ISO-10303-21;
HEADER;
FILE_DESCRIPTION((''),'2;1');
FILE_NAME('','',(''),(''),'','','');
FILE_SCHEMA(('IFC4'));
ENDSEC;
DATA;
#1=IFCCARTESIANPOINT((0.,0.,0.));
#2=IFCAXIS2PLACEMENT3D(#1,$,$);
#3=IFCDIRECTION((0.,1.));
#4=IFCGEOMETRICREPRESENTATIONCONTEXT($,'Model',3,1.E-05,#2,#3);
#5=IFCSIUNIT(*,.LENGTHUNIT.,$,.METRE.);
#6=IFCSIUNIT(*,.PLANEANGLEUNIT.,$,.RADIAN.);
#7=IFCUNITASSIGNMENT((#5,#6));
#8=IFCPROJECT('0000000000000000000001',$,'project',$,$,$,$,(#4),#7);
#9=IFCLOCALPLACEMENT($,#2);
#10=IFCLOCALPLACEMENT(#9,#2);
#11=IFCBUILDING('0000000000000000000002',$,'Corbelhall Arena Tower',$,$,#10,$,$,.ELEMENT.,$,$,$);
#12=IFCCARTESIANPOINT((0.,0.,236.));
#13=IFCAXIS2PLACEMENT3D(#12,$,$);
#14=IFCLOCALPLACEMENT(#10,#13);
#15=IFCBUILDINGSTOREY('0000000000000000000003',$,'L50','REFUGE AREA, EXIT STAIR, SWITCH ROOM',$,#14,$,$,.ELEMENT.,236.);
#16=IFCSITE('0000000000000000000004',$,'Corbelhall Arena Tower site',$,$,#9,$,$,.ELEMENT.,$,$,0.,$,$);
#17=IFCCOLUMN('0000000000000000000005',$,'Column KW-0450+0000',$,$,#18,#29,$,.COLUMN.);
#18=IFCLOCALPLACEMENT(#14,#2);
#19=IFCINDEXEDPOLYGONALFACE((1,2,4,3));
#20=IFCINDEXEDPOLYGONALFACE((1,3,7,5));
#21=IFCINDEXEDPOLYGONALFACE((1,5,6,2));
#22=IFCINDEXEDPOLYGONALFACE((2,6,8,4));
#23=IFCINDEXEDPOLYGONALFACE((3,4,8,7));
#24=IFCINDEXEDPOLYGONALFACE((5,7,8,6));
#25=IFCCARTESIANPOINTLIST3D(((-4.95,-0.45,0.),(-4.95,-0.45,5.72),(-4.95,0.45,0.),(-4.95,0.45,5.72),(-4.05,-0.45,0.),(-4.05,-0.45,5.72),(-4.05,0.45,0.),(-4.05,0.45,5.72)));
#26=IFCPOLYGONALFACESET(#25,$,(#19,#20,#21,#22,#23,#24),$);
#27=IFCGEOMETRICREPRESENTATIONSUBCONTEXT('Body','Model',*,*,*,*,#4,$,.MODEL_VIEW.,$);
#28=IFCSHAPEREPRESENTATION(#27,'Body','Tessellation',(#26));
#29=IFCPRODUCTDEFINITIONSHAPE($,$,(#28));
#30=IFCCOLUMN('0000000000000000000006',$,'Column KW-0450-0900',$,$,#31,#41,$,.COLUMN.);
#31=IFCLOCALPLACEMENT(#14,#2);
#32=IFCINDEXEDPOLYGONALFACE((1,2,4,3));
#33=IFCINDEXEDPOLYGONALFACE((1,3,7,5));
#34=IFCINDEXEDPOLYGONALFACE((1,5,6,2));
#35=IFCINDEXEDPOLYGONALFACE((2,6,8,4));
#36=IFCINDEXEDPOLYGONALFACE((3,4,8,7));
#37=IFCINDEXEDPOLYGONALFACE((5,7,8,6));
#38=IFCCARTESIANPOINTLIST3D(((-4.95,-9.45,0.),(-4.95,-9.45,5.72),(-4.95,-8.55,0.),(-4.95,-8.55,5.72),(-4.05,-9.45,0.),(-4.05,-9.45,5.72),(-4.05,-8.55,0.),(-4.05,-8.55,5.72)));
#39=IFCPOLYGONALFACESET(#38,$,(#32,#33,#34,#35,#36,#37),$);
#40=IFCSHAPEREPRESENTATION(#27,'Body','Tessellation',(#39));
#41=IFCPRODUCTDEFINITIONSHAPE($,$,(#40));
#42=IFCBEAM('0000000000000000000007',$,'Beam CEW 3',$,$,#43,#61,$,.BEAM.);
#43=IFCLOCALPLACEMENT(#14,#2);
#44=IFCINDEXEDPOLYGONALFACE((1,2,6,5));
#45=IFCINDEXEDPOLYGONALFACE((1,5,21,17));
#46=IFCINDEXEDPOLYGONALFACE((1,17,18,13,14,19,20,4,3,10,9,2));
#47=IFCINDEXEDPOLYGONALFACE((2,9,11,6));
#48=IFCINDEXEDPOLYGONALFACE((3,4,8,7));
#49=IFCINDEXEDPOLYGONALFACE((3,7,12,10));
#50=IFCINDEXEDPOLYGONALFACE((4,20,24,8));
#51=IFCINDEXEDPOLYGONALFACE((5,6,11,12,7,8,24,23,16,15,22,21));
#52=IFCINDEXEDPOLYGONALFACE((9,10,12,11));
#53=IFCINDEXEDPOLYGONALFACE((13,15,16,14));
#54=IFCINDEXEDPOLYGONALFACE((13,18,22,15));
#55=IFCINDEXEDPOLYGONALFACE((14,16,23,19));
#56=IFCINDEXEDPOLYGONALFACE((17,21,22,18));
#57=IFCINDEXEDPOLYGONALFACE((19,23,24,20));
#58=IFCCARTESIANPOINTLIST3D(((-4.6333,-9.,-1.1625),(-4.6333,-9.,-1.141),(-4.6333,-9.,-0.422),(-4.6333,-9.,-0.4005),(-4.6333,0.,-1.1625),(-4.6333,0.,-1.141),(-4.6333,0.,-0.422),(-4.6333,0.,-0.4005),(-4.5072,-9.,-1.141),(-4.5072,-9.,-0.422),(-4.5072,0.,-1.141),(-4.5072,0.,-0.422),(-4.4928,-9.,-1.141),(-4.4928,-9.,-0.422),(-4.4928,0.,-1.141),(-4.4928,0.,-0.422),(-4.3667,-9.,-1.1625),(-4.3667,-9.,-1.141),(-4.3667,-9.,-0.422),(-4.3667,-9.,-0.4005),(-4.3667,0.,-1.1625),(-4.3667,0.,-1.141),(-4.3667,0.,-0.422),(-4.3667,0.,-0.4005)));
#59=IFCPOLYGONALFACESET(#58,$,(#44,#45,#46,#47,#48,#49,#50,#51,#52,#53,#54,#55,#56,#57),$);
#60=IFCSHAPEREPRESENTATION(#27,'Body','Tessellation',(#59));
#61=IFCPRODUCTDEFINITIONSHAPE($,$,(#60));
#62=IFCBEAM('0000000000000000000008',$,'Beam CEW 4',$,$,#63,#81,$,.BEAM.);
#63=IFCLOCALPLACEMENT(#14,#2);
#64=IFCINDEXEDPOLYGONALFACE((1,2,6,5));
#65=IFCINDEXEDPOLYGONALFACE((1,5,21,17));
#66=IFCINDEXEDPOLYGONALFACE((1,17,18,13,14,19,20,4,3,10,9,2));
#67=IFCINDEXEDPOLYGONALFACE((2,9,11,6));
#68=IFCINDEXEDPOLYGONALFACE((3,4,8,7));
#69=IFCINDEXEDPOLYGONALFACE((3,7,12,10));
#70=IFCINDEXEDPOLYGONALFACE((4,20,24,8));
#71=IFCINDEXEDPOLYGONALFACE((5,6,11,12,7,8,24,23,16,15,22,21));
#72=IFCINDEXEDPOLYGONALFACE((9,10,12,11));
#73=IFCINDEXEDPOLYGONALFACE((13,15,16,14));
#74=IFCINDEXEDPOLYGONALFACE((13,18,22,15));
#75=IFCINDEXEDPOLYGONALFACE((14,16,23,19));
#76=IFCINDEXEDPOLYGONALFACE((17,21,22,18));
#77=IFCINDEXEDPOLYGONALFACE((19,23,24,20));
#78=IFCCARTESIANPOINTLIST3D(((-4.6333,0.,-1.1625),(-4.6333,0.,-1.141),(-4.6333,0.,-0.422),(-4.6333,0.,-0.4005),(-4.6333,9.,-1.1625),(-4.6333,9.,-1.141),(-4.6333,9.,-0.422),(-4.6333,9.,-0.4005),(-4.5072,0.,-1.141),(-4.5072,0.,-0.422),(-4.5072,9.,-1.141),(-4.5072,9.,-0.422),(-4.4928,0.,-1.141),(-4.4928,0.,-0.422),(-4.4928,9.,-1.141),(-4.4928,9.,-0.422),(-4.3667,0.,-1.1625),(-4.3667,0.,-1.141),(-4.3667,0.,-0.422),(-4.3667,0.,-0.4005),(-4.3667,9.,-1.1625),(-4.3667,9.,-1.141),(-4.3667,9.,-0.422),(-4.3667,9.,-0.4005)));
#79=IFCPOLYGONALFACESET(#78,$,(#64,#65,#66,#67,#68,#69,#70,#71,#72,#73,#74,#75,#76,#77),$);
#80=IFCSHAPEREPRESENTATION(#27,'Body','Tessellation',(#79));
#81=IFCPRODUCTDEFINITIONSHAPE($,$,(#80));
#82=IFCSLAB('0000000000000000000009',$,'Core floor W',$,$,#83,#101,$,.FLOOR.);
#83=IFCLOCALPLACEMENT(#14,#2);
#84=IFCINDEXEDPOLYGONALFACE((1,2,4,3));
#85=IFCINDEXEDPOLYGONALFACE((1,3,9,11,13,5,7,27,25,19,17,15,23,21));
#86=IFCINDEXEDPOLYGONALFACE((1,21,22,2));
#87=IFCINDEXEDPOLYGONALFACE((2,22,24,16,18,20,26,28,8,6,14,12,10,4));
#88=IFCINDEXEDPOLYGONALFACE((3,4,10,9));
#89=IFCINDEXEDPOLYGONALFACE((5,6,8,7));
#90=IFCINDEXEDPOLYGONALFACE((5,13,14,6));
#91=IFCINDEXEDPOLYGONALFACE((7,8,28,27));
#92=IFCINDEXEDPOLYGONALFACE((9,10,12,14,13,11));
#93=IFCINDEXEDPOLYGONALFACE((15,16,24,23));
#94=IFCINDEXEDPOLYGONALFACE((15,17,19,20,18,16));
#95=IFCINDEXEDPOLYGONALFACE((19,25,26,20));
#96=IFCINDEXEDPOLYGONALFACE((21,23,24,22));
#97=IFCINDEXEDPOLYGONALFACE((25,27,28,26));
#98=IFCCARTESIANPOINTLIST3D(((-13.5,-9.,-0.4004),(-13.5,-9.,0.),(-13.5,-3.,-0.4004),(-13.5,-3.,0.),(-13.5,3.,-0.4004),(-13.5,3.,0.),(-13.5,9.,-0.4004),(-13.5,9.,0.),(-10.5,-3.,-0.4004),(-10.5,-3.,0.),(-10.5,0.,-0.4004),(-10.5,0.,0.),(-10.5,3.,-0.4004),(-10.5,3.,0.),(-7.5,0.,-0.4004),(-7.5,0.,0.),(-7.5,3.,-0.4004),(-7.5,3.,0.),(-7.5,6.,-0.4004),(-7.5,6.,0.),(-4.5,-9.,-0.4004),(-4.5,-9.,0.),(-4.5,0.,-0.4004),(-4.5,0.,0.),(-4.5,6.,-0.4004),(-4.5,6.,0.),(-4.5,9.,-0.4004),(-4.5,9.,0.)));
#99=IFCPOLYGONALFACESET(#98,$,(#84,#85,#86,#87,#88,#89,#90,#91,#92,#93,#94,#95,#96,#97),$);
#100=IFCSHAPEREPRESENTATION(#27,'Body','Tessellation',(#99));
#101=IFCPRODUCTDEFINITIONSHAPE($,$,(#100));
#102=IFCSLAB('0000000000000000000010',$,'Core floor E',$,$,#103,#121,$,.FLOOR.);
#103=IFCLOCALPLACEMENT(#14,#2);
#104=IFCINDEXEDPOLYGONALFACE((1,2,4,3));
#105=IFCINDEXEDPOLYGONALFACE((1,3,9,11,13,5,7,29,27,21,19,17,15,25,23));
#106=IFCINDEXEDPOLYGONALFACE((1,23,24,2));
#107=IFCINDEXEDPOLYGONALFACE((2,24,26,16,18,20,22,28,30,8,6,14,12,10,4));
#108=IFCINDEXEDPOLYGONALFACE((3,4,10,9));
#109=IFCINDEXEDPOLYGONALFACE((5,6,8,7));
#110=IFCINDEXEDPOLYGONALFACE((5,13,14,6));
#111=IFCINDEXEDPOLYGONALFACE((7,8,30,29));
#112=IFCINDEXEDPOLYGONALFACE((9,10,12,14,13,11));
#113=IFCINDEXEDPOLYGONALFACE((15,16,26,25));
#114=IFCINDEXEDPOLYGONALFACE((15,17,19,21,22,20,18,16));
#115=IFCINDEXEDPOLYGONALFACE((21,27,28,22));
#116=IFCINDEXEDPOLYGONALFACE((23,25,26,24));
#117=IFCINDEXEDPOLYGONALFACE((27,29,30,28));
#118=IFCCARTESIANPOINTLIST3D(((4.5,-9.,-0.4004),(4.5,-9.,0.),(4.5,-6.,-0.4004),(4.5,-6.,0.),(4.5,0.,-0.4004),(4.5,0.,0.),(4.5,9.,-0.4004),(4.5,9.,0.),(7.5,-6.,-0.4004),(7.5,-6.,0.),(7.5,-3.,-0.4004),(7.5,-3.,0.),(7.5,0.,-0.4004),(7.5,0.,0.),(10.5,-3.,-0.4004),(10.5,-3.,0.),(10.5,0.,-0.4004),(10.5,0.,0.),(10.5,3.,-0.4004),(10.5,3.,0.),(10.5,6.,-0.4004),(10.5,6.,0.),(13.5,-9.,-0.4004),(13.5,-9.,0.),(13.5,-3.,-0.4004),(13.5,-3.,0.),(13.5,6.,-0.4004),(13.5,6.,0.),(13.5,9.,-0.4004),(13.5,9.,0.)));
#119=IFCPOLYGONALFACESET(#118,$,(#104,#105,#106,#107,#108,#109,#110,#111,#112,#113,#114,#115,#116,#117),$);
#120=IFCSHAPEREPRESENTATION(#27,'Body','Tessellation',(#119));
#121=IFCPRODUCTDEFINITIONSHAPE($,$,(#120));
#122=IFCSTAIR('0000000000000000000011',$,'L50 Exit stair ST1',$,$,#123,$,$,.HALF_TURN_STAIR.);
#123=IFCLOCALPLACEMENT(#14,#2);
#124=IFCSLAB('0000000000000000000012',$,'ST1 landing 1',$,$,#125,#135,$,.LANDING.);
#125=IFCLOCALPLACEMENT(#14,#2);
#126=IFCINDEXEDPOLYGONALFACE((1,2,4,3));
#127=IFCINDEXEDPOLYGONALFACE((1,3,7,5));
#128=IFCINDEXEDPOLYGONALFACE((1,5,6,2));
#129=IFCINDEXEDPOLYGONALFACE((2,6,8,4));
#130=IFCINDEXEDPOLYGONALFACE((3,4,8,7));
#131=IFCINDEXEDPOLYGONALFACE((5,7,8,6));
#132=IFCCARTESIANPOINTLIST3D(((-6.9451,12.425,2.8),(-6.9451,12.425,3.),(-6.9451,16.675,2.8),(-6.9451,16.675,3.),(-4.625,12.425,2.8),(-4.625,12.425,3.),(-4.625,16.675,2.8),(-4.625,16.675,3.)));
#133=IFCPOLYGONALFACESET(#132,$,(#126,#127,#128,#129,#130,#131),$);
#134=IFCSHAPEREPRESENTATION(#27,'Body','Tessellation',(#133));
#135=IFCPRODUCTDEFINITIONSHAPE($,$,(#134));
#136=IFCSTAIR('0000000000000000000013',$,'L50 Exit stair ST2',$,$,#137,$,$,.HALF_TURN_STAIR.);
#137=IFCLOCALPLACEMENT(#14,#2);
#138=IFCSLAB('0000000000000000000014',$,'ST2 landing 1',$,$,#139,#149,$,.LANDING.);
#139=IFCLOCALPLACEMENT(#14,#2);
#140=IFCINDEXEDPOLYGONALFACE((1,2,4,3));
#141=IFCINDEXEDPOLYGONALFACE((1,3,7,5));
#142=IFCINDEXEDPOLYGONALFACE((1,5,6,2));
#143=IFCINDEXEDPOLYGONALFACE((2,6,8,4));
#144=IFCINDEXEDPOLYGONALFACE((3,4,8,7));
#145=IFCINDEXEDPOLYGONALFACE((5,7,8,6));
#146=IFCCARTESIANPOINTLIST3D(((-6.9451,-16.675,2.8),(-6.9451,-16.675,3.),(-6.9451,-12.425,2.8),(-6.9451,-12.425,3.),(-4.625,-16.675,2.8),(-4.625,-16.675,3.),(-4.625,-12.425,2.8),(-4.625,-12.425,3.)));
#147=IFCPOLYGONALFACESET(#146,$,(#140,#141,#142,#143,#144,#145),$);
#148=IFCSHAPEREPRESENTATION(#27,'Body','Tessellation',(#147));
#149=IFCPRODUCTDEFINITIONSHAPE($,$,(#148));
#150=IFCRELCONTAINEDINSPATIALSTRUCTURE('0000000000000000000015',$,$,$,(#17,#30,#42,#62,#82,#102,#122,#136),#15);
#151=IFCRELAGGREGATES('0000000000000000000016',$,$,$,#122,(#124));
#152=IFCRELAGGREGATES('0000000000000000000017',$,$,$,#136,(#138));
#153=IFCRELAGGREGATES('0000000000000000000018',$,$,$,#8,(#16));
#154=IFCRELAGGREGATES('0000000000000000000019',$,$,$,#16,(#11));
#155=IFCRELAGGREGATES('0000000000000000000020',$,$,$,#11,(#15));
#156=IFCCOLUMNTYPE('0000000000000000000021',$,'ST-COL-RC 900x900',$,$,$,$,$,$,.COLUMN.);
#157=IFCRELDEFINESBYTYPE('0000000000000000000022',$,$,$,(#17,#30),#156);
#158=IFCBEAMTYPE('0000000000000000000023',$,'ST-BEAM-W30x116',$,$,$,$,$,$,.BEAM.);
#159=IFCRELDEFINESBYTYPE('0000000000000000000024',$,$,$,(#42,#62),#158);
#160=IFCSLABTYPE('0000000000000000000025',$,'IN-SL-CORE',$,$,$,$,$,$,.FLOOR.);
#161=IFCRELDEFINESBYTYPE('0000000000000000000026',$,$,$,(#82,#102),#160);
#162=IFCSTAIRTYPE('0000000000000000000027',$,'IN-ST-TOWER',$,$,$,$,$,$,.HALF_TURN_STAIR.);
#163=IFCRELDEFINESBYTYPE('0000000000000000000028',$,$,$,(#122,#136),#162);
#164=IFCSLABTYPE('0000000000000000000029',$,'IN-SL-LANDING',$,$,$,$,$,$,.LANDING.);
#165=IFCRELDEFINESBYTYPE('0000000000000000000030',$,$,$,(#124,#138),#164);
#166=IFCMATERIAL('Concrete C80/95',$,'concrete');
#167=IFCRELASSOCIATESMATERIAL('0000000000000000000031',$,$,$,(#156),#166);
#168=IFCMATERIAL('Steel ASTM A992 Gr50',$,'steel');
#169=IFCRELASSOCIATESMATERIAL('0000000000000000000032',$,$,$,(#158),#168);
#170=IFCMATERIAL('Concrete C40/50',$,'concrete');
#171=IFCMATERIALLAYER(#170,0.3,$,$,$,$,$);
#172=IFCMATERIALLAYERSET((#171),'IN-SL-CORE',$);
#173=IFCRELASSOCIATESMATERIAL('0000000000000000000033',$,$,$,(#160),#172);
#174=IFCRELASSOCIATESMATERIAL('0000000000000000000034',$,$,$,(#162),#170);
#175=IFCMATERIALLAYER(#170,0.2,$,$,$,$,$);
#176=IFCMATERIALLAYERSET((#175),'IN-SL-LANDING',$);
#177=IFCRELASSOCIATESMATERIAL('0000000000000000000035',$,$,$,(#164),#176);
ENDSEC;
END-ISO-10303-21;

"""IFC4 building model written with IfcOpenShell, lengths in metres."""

from ifc_helpers import new_model, si_unit, direction, frame, origin, origin_2d, place, context, subcontext, project, spatial, polyline, rectangle, i_section, outline, extrude, material, layer, layer_set, material_profile, profile_set, type_object, element, aggregate, save


model = new_model("IFC4")

# Units and contexts
model_context = context("Model", 3, precision=1e-05, world=origin(), true_north=direction((0.0, 1.0)))
body_context = subcontext(model_context, "Body", "Model", "MODEL_VIEW")
ifc_project = project(units=[si_unit("LENGTHUNIT", "METRE"), si_unit("PLANEANGLEUNIT", "RADIAN")], contexts=[model_context])

# Site, building, storey
site_placement = place(None, origin())
site = spatial("IfcSite", under=ifc_project, at=site_placement, Name="Corbelhall Arena Tower site", CompositionType="ELEMENT", RefElevation=0.0)
building_placement = place(site_placement, origin())
building = spatial("IfcBuilding", under=site, at=building_placement, Name="Corbelhall Arena Tower", CompositionType="ELEMENT")
storey_placement = place(building_placement, frame((0.0, 0.0, 236.0)))
storey = spatial("IfcBuildingStorey", under=building, at=storey_placement, Name="L50", Description="REFUGE AREA, EXIT STAIR, SWITCH ROOM", CompositionType="ELEMENT", Elevation=236.0)

# Columns
ifc_material_1 = material(Name="Concrete C80/95", Category="concrete")
ifc_material_profile_1 = material_profile(ifc_material_1, rectangle(XDim=0.8999, YDim=0.8999, at=origin_2d()))
ifc_profile_set_1 = profile_set([ifc_material_profile_1], Name="Concrete C80/95")
column_type = type_object("IfcColumnType", Name="ST-COL-RC 900x900", PredefinedType="COLUMN", material=ifc_profile_set_1)
for number, where, z_axis, x_axis, name in (
    (1, (-4.5, 0.0, 0.0), (0.0, 0.0, 1.0), (1.0, 0.0, 0.0), "Column KW-0450+0000"),
    (2, (-4.5, -9.0, 0.0), (0.0, 0.0, 1.0), (1.0, 0.0, 0.0), "Column KW-0450-0900"),
):
    element("IfcColumn", number, at=place(storey_placement, frame(where, z_axis=z_axis, x_axis=x_axis)), inside=storey, type_object=column_type, Name=name, PredefinedType="COLUMN", context=body_context, shape_type="SweptSolid", body=[
        extrude(rectangle(XDim=0.8999, YDim=0.8999, at=origin_2d()), origin(), (0.0, 0.0, 1.0), 5.72),
    ])

# Beams
ifc_material_2 = material(Name="Steel ASTM A992 Gr50", Category="steel")
ifc_material_profile_2 = material_profile(ifc_material_2, i_section(OverallWidth=0.2666, OverallDepth=0.762, WebThickness=0.0144, FlangeThickness=0.0215, at=origin_2d()))
ifc_profile_set_2 = profile_set([ifc_material_profile_2], Name="Steel ASTM A992 Gr50")
beam_type = type_object("IfcBeamType", Name="ST-BEAM-W30x116", PredefinedType="BEAM", material=ifc_profile_set_2)
for number, where, z_axis, x_axis, name in (
    (3, (-4.5, -9.0, -0.7815), (0.0, 1.0, 0.0), (-1.0, 0.0, 0.0), "Beam CEW 3"),
    (4, (-4.5, 0.0, -0.7815), (0.0, 1.0, 0.0), (-1.0, 0.0, 0.0), "Beam CEW 4"),
):
    element("IfcBeam", number, at=place(storey_placement, frame(where, z_axis=z_axis, x_axis=x_axis)), inside=storey, type_object=beam_type, Name=name, PredefinedType="BEAM", context=body_context, shape_type="SweptSolid", body=[
        extrude(i_section(OverallWidth=0.2666, OverallDepth=0.762, WebThickness=0.0144, FlangeThickness=0.0215, at=origin_2d()), origin(), (0.0, 0.0, 1.0), 9.0),
    ])

# Slabs
ifc_material_3 = material(Name="Concrete C40/50", Category="concrete")
ifc_layer_1 = layer(ifc_material_3, 0.3)
ifc_layer_set_1 = layer_set([ifc_layer_1], Name="IN-SL-CORE")
slab_type_1 = type_object("IfcSlabType", Name="IN-SL-CORE", PredefinedType="FLOOR", material=ifc_layer_set_1)
slab_1_placement = place(storey_placement, frame((0.0, 0.0, -0.4004)))
element("IfcSlab", 5, at=slab_1_placement, inside=storey, type_object=slab_type_1, Name="Core floor W", PredefinedType="FLOOR", context=body_context, shape_type="SweptSolid", body=[
    extrude(outline(polyline([(-10.5, -3.0), (-13.5, -3.0), (-13.5, -9.0), (-4.5, -9.0), (-4.5, 0.0), (-7.5, 0.0), (-7.5, 3.0), (-7.5, 6.0), (-4.5, 6.0), (-4.5, 9.0), (-13.5, 9.0), (-13.5, 3.0), (-10.5, 3.0), (-10.5, 0.0), (-10.5, -3.0)])), origin(), (0.0, 0.0, 1.0), 0.4004),
])
slab_2_placement = place(storey_placement, frame((0.0, 0.0, -0.4004)))
element("IfcSlab", 6, at=slab_2_placement, inside=storey, type_object=slab_type_1, Name="Core floor E", PredefinedType="FLOOR", context=body_context, shape_type="SweptSolid", body=[
    extrude(outline(polyline([(13.5, -3.0), (10.5, -3.0), (10.5, 0.0), (10.5, 3.0), (10.5, 6.0), (13.5, 6.0), (13.5, 9.0), (4.5, 9.0), (4.5, 0.0), (7.5, 0.0), (7.5, -3.0), (7.5, -6.0), (4.5, -6.0), (4.5, -9.0), (13.5, -9.0), (13.5, -3.0)])), origin(), (0.0, 0.0, 1.0), 0.4004),
])

# Stairs, slabs
stair_type = type_object("IfcStairType", Name="IN-ST-TOWER", PredefinedType="HALF_TURN_STAIR", material=ifc_material_3)
stair_1_placement = place(storey_placement, origin())
stair_1 = element("IfcStair", 7, at=stair_1_placement, inside=storey, type_object=stair_type, Name="L50 Exit stair ST1", PredefinedType="HALF_TURN_STAIR")
ifc_layer_2 = layer(ifc_material_3, 0.2)
ifc_layer_set_2 = layer_set([ifc_layer_2], Name="IN-SL-LANDING")
slab_type_2 = type_object("IfcSlabType", Name="IN-SL-LANDING", PredefinedType="LANDING", material=ifc_layer_set_2)
slab_3_placement = place(storey_placement, frame((0.0, 0.0, 2.8)))
slab_3 = element("IfcSlab", 8, at=slab_3_placement, type_object=slab_type_2, Name="ST1 landing 1", PredefinedType="LANDING", context=body_context, shape_type="SweptSolid", body=[
    extrude(outline(polyline([(-6.9451, 12.425), (-4.625, 12.425), (-4.625, 16.675), (-6.9451, 16.675), (-6.9451, 12.425)])), origin(), (0.0, 0.0, 1.0), 0.2),
])
aggregate(stair_1, [slab_3])
stair_2_placement = place(storey_placement, origin())
stair_2 = element("IfcStair", 9, at=stair_2_placement, inside=storey, type_object=stair_type, Name="L50 Exit stair ST2", PredefinedType="HALF_TURN_STAIR")
slab_4_placement = place(storey_placement, frame((0.0, 0.0, 2.8)))
slab_4 = element("IfcSlab", 10, at=slab_4_placement, type_object=slab_type_2, Name="ST2 landing 1", PredefinedType="LANDING", context=body_context, shape_type="SweptSolid", body=[
    extrude(outline(polyline([(-6.9451, -16.675), (-4.625, -16.675), (-4.625, -12.425), (-6.9451, -12.425), (-6.9451, -16.675)])), origin(), (0.0, 0.0, 1.0), 0.2),
])
aggregate(stair_2, [slab_4])

save(model, "model.ifc")
